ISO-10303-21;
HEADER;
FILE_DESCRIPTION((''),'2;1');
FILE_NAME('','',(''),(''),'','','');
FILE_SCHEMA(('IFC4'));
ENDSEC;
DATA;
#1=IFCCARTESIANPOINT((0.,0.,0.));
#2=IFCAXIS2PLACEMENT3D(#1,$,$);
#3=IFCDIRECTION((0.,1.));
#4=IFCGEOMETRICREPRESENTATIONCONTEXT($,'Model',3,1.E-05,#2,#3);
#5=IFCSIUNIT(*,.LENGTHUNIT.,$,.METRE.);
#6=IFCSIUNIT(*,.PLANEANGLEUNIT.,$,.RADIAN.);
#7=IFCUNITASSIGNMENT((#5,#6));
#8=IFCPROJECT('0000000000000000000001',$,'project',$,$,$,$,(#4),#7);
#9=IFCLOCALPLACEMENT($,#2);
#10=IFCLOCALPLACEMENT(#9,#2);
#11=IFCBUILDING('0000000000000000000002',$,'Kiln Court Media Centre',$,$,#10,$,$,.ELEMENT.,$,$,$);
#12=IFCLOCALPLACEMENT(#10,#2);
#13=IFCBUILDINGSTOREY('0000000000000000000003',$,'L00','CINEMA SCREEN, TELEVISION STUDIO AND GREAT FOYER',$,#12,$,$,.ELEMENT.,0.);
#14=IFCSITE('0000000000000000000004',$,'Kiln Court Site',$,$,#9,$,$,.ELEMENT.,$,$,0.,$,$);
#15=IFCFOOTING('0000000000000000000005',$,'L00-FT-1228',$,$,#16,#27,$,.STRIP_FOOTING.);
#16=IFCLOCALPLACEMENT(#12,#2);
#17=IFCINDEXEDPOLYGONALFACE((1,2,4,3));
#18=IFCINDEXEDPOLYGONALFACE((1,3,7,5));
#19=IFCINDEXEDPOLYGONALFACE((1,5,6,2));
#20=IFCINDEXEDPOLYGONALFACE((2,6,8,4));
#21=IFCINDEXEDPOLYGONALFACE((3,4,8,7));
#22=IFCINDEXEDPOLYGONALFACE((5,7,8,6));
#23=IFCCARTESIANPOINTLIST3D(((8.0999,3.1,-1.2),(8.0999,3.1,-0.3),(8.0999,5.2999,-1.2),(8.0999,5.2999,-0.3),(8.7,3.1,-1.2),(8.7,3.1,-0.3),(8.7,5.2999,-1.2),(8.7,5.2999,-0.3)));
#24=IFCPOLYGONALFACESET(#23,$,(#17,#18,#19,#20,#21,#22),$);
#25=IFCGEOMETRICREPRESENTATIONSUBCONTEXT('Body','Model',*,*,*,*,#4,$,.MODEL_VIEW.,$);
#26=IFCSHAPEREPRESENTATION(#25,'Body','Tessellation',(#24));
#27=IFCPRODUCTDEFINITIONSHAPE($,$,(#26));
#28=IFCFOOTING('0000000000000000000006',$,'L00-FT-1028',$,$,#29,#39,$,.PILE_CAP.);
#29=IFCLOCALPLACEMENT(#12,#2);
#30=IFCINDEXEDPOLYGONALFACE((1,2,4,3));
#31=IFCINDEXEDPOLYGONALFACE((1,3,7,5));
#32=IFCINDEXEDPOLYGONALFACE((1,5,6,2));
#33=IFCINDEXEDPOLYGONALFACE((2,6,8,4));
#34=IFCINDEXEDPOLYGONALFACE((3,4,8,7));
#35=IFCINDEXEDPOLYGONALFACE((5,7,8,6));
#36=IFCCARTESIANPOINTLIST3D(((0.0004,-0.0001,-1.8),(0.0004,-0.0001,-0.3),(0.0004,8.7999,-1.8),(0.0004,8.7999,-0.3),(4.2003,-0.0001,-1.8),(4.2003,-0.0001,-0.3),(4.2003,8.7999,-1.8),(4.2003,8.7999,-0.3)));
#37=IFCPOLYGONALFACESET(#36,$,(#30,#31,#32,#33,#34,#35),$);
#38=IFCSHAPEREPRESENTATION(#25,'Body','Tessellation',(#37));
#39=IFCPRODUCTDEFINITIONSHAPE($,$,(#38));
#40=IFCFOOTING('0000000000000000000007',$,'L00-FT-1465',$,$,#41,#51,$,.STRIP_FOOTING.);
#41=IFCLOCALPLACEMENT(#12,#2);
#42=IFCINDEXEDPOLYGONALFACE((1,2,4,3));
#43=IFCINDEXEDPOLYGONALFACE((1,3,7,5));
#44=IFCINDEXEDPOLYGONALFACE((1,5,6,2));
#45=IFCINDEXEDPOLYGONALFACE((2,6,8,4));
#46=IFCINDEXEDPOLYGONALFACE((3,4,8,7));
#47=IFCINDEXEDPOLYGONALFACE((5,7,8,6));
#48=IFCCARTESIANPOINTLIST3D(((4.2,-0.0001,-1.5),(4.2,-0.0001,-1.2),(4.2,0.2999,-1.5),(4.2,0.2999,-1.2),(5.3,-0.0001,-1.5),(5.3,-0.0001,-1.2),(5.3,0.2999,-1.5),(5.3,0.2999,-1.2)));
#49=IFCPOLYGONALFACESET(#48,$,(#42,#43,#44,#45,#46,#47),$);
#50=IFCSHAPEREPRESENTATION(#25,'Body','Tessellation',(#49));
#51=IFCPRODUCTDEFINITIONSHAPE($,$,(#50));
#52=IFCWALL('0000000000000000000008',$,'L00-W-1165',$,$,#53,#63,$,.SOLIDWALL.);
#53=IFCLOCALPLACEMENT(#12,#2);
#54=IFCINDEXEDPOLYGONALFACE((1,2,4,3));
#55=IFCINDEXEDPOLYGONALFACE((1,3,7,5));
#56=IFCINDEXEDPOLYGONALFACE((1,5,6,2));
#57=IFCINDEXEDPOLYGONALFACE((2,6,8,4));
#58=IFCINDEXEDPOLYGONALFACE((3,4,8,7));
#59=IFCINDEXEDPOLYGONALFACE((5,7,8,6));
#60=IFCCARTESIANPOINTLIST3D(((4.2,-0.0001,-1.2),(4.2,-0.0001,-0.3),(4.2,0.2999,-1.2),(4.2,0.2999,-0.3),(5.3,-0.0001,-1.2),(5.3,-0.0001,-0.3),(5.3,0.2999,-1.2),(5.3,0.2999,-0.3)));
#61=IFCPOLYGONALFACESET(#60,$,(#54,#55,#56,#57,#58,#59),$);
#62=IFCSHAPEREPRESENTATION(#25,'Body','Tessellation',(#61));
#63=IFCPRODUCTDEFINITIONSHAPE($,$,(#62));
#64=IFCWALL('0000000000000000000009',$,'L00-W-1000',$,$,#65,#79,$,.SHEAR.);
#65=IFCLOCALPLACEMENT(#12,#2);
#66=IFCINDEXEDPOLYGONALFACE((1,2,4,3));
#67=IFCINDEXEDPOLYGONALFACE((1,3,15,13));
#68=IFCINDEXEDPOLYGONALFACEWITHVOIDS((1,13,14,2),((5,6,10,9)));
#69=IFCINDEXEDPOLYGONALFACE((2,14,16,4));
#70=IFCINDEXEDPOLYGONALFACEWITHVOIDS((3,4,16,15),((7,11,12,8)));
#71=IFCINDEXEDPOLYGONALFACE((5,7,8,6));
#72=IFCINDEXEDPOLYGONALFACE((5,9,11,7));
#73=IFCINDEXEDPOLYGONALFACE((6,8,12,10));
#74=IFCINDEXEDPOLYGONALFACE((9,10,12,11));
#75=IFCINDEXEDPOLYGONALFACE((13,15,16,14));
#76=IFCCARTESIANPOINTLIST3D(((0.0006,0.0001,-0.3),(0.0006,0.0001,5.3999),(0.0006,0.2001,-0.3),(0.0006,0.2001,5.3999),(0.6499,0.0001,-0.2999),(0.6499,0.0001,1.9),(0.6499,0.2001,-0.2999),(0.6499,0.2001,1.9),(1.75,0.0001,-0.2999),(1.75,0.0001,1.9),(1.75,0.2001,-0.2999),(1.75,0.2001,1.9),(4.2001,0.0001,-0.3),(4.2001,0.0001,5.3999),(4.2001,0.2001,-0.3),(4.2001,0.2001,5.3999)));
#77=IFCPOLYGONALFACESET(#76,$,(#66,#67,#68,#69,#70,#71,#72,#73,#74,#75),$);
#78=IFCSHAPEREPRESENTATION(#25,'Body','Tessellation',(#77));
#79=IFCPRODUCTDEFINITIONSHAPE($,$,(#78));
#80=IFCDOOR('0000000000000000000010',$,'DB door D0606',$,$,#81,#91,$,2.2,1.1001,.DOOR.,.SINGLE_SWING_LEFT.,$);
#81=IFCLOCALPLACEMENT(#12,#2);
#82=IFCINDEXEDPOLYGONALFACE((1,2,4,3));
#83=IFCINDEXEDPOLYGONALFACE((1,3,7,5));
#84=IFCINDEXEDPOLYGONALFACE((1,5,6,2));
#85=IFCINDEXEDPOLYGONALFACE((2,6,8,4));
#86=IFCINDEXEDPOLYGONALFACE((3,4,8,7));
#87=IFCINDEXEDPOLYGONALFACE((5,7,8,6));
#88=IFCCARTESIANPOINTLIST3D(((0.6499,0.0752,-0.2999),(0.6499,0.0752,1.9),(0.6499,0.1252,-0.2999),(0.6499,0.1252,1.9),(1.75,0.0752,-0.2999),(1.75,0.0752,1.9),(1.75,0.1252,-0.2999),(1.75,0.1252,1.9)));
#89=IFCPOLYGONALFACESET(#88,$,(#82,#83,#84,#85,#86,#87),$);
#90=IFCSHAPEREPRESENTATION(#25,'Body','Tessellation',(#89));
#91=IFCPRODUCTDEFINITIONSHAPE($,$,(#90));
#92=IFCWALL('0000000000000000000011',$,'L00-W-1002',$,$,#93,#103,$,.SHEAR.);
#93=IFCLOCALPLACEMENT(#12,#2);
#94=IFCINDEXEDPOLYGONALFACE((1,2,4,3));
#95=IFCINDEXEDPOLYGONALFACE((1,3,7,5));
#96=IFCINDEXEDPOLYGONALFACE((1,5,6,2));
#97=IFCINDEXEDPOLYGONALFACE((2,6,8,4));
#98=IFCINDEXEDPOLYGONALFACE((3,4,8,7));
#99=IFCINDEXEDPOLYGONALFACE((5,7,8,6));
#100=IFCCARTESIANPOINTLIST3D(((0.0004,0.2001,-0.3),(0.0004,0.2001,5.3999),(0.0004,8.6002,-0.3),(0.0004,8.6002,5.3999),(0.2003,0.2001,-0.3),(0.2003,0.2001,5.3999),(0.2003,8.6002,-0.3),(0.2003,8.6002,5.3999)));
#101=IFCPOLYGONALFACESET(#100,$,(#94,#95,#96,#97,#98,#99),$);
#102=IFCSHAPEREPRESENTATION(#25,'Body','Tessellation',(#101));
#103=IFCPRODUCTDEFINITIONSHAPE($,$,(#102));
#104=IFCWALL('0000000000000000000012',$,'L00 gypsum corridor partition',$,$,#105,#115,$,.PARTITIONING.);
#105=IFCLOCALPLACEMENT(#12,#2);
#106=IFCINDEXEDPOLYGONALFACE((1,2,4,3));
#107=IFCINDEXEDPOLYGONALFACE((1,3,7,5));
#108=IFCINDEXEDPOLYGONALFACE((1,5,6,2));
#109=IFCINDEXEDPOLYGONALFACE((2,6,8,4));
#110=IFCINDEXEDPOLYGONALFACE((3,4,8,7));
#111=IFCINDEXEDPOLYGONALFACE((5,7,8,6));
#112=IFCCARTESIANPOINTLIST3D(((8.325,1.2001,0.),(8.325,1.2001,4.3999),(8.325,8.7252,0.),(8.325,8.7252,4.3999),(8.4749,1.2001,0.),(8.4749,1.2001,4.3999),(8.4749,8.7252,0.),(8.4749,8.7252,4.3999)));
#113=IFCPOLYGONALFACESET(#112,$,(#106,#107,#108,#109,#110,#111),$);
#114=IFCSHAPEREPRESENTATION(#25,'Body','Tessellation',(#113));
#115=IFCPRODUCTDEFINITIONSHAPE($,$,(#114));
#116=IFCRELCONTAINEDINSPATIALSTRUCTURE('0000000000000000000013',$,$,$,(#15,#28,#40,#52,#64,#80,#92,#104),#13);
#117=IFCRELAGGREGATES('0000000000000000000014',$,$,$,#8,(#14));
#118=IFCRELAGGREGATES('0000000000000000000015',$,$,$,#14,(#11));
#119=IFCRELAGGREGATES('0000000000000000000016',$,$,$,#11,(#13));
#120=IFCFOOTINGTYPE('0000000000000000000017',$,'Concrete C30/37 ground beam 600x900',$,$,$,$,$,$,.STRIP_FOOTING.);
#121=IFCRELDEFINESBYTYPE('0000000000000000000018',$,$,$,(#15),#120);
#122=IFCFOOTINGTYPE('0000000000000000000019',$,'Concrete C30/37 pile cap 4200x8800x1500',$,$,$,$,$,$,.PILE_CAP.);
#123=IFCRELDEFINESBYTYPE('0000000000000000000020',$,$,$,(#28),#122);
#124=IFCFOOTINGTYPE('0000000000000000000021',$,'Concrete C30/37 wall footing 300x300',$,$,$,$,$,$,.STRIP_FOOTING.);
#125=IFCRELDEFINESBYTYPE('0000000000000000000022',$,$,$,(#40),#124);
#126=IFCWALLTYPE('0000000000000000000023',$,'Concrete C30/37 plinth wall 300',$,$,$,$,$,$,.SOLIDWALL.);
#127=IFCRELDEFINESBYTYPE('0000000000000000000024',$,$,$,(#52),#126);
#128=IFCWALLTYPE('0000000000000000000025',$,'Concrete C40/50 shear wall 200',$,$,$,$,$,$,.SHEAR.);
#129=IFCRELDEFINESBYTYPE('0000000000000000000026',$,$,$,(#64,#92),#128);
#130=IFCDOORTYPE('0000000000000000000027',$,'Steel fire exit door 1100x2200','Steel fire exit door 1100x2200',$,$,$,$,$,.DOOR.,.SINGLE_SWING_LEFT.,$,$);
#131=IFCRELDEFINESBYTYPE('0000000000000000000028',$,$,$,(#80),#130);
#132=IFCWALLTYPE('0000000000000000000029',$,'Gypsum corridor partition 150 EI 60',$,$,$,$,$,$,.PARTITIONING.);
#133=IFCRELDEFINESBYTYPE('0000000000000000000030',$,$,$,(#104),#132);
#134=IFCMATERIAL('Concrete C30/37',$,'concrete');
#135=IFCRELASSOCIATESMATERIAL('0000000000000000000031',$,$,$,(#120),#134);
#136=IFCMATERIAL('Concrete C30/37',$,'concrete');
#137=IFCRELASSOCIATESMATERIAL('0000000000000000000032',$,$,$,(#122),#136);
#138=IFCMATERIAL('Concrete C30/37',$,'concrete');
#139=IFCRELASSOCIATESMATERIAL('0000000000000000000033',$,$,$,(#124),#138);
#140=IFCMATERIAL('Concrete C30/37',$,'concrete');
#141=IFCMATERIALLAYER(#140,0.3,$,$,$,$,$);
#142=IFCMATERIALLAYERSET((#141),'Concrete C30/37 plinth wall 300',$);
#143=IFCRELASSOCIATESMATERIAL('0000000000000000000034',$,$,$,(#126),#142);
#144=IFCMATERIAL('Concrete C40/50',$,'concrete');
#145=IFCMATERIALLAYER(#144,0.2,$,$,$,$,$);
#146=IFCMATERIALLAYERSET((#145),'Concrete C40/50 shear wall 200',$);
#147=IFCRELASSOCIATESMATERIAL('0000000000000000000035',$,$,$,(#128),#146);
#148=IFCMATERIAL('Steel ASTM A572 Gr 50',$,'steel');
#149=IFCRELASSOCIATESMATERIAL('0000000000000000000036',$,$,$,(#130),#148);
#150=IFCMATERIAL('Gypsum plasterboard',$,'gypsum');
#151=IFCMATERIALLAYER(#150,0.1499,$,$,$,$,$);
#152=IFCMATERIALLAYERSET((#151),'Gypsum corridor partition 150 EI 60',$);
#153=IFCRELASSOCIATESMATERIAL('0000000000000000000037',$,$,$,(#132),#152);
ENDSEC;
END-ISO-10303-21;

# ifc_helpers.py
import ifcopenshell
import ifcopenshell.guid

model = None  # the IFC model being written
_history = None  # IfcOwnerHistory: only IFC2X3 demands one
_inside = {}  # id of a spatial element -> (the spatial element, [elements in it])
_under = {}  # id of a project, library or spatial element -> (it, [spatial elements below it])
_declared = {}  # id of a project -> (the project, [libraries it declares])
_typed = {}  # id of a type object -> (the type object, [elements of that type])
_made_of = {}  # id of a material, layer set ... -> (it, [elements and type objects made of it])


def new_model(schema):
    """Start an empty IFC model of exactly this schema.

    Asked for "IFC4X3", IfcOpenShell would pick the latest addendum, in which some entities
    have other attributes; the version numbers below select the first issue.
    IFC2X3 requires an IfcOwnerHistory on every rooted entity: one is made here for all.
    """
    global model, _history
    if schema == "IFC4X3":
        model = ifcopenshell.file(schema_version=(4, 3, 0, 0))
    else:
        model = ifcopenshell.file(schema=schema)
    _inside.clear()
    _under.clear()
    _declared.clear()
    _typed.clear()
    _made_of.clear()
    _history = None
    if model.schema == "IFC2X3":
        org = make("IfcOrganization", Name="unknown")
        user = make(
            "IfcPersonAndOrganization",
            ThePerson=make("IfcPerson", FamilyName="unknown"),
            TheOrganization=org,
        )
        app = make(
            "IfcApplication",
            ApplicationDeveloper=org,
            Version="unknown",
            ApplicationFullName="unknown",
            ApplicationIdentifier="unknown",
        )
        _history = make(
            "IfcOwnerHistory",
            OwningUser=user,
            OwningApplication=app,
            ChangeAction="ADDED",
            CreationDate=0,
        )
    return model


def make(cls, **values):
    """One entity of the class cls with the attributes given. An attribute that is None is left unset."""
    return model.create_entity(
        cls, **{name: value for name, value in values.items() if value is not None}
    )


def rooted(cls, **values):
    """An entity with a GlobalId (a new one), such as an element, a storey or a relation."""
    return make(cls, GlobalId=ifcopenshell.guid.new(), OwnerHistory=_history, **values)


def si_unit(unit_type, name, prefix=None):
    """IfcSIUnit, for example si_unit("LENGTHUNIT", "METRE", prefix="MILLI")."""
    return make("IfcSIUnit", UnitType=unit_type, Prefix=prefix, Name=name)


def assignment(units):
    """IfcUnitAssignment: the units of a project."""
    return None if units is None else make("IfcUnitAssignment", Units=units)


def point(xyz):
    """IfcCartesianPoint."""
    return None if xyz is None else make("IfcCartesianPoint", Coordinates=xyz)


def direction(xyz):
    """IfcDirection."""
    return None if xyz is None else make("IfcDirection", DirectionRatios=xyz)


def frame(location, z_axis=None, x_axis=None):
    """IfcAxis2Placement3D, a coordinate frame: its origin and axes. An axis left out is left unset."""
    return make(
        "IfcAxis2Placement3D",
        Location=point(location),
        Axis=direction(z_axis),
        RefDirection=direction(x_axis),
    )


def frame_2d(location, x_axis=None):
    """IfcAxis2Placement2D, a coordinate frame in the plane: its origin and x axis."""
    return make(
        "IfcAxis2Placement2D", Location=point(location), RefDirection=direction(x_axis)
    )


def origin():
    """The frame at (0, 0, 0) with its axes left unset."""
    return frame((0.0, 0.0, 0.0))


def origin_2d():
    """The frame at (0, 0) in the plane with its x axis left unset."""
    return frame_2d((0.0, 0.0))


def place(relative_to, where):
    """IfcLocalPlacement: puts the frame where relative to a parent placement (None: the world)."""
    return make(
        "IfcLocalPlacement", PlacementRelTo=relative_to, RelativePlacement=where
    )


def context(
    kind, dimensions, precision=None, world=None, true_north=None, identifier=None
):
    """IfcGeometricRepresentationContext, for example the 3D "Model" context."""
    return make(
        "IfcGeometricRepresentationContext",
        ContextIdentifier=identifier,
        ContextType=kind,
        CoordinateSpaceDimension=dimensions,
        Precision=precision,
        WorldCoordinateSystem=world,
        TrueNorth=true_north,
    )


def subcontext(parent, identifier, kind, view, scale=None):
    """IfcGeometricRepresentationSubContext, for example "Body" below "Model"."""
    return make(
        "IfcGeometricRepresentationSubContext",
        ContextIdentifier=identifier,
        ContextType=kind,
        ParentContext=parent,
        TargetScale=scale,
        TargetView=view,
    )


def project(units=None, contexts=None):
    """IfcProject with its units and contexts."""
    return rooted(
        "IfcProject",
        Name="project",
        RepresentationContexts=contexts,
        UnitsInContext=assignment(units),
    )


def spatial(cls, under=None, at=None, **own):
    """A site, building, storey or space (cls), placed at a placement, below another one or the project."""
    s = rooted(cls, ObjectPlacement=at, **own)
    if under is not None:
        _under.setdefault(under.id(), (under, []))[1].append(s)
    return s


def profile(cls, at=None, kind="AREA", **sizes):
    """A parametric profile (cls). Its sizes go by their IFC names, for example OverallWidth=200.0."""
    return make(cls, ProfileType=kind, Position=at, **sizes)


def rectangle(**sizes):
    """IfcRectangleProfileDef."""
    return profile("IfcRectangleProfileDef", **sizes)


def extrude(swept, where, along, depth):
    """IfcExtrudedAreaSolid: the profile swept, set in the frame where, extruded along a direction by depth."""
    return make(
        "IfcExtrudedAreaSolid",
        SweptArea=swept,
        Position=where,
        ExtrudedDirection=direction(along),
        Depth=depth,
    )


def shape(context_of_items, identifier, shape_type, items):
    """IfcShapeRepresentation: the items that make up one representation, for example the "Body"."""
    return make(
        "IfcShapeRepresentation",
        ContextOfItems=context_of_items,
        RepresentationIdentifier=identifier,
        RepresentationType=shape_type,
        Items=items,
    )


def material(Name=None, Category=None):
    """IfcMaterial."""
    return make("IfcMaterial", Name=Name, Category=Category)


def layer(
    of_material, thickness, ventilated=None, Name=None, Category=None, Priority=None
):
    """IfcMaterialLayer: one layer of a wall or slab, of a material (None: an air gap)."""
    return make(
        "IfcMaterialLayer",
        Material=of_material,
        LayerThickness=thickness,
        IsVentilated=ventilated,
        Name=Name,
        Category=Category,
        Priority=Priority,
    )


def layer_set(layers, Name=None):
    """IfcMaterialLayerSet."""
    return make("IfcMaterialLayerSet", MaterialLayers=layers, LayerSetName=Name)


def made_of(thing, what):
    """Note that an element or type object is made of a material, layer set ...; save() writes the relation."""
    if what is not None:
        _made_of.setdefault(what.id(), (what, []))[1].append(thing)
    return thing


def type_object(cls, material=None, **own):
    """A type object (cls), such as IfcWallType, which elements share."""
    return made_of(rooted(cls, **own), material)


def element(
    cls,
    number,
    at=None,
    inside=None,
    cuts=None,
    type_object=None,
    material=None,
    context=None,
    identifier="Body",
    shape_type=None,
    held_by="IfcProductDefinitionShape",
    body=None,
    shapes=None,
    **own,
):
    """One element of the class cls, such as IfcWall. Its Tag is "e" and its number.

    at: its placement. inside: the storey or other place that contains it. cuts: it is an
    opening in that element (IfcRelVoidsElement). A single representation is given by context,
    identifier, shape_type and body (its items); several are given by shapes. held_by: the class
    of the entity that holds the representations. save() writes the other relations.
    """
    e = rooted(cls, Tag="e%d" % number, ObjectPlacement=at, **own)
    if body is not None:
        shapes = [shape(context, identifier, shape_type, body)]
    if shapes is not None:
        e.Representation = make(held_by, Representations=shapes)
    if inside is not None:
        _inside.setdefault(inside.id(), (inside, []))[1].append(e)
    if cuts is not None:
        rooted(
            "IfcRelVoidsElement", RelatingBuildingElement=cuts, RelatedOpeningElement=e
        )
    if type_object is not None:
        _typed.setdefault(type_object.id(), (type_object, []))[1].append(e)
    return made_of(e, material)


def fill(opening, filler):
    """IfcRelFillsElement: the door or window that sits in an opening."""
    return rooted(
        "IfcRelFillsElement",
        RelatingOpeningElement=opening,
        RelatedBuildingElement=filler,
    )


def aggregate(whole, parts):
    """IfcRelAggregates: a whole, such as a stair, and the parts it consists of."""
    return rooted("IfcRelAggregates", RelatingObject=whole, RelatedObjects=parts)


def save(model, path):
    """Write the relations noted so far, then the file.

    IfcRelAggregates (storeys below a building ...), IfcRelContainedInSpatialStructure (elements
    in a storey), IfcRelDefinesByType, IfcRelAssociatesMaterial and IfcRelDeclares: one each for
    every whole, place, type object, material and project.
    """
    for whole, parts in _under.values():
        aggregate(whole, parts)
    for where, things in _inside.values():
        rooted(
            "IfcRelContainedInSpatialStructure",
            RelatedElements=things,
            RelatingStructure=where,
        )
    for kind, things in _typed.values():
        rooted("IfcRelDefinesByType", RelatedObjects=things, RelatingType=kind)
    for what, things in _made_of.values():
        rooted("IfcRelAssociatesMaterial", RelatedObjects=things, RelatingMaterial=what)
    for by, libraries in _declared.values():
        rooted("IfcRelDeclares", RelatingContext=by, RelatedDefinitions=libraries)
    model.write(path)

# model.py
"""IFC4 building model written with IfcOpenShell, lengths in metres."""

from ifc_helpers import new_model, si_unit, direction, frame, frame_2d, origin, origin_2d, place, context, subcontext, project, spatial, rectangle, extrude, material, layer, layer_set, type_object, element, fill, save


model = new_model("IFC4")

# Units and contexts
model_context = context("Model", 3, precision=1e-05, world=origin(), true_north=direction((0.0, 1.0)))
body_context = subcontext(model_context, "Body", "Model", "MODEL_VIEW")
ifc_project = project(units=[si_unit("LENGTHUNIT", "METRE"), si_unit("PLANEANGLEUNIT", "RADIAN")], contexts=[model_context])

# Site, building, storey
site_placement = place(None, origin())
site = spatial("IfcSite", under=ifc_project, at=site_placement, Name="Kiln Court Site", CompositionType="ELEMENT", RefElevation=0.0)
building_placement = place(site_placement, origin())
building = spatial("IfcBuilding", under=site, at=building_placement, Name="Kiln Court Media Centre", CompositionType="ELEMENT")
storey_placement = place(building_placement, origin())
storey = spatial("IfcBuildingStorey", under=building, at=storey_placement, Name="L00", Description="CINEMA SCREEN, TELEVISION STUDIO AND GREAT FOYER", CompositionType="ELEMENT", Elevation=0.0)

# Footings
ifc_material_1 = material(Name="Concrete C30/37", Category="concrete")
footing_type_1 = type_object("IfcFootingType", Name="Concrete C30/37 ground beam 600x900", PredefinedType="STRIP_FOOTING", material=ifc_material_1)
footing_1_placement = place(storey_placement, frame((8.3999, 4.2, -1.2), z_axis=(0.0, 0.0, 1.0), x_axis=(1.0, 0.0, 0.0)))
element("IfcFooting", 1, at=footing_1_placement, inside=storey, type_object=footing_type_1, Name="L00-FT-1228", PredefinedType="STRIP_FOOTING", context=body_context, shape_type="SweptSolid", body=[
    extrude(rectangle(XDim=0.6001, YDim=2.2, at=origin_2d()), origin(), (0.0, 0.0, 1.0), 0.8999),
])
ifc_material_2 = material(Name="Concrete C30/37", Category="concrete")
footing_type_2 = type_object("IfcFootingType", Name="Concrete C30/37 pile cap 4200x8800x1500", PredefinedType="PILE_CAP", material=ifc_material_2)
footing_2_placement = place(storey_placement, frame((2.1003, 4.3999, -1.8), z_axis=(0.0, 0.0, 1.0), x_axis=(1.0, 0.0, 0.0)))
element("IfcFooting", 2, at=footing_2_placement, inside=storey, type_object=footing_type_2, Name="L00-FT-1028", PredefinedType="PILE_CAP", context=body_context, shape_type="SweptSolid", body=[
    extrude(rectangle(XDim=4.2, YDim=8.8, at=origin_2d()), origin(), (0.0, 0.0, 1.0), 1.5),
])
ifc_material_3 = material(Name="Concrete C30/37", Category="concrete")
footing_type_3 = type_object("IfcFootingType", Name="Concrete C30/37 wall footing 300x300", PredefinedType="STRIP_FOOTING", material=ifc_material_3)
footing_3_placement = place(storey_placement, frame((4.75, 0.1499, -1.5), z_axis=(0.0, 0.0, 1.0), x_axis=(1.0, 0.0, 0.0)))
element("IfcFooting", 3, at=footing_3_placement, inside=storey, type_object=footing_type_3, Name="L00-FT-1465", PredefinedType="STRIP_FOOTING", context=body_context, shape_type="SweptSolid", body=[
    extrude(rectangle(XDim=1.1001, YDim=0.3, at=origin_2d()), origin(), (0.0, 0.0, 1.0), 0.3),
])

# Wall
ifc_material_4 = material(Name="Concrete C30/37", Category="concrete")
ifc_layer_1 = layer(ifc_material_4, 0.3)
ifc_layer_set_1 = layer_set([ifc_layer_1], Name="Concrete C30/37 plinth wall 300")
wall_type_1 = type_object("IfcWallType", Name="Concrete C30/37 plinth wall 300", PredefinedType="SOLIDWALL", material=ifc_layer_set_1)
wall_1_placement = place(storey_placement, frame((5.3, 0.1499, -1.2), z_axis=(0.0, 0.0, 1.0), x_axis=(-1.0, 0.0, 0.0)))
element("IfcWall", 4, at=wall_1_placement, inside=storey, type_object=wall_type_1, Name="L00-W-1165", PredefinedType="SOLIDWALL", context=body_context, shape_type="SweptSolid", body=[
    extrude(rectangle(XDim=1.1001, YDim=0.3, at=frame_2d((0.55, 0.0))), origin(), (0.0, 0.0, 1.0), 0.8999),
])

# Wall, opening, door
ifc_material_5 = material(Name="Concrete C40/50", Category="concrete")
ifc_layer_2 = layer(ifc_material_5, 0.2)
ifc_layer_set_2 = layer_set([ifc_layer_2], Name="Concrete C40/50 shear wall 200")
wall_type_2 = type_object("IfcWallType", Name="Concrete C40/50 shear wall 200", PredefinedType="SHEAR", material=ifc_layer_set_2)
wall_2_placement = place(storey_placement, frame((4.2, 0.1001, -0.3), z_axis=(0.0, 0.0, 1.0), x_axis=(-1.0, 0.0, 0.0)))
wall_2 = element("IfcWall", 5, at=wall_2_placement, inside=storey, type_object=wall_type_2, Name="L00-W-1000", PredefinedType="SHEAR", context=body_context, shape_type="SweptSolid", body=[
    extrude(rectangle(XDim=4.1995, YDim=0.2, at=frame_2d((2.0996, 0.0))), origin(), (0.0, 0.0, 1.0), 5.7),
])
opening_placement = place(wall_2_placement, frame((2.45, 0.0, 0.0)))
opening = element("IfcOpeningElement", 6, at=opening_placement, cuts=wall_2, PredefinedType="OPENING", context=body_context, shape_type="SweptSolid", body=[
    extrude(rectangle(XDim=1.1001, YDim=2.2, at=frame_2d((0.55, 1.1001))), frame((0.0, 0.1099, 0.0), z_axis=(0.0, -1.0, 0.0), x_axis=(1.0, 0.0, 0.0)), (0.0, 0.0, 1.0), 0.22),
])
ifc_material_6 = material(Name="Steel ASTM A572 Gr 50", Category="steel")
door_type = type_object("IfcDoorType", Name="Steel fire exit door 1100x2200", Description="Steel fire exit door 1100x2200", OperationType="SINGLE_SWING_LEFT", PredefinedType="DOOR", material=ifc_material_6)
door_placement = place(opening_placement, origin())
door = element("IfcDoor", 7, at=door_placement, inside=storey, type_object=door_type, Name="DB door D0606", OperationType="SINGLE_SWING_LEFT", OverallHeight=2.2, OverallWidth=1.1001, PredefinedType="DOOR", context=body_context, shape_type="SweptSolid", body=[
    extrude(rectangle(XDim=1.1001, YDim=2.2, at=frame_2d((0.55, 1.1001))), frame((0.0, 0.0249, 0.0), z_axis=(0.0, -1.0, 0.0), x_axis=(1.0, 0.0, 0.0)), (0.0, 0.0, 1.0), 0.05),
])
fill(opening, door)

# Walls
wall_3_placement = place(storey_placement, frame((0.1003, 0.2, -0.3), z_axis=(0.0, 0.0, 1.0), x_axis=(0.0, 1.0, 0.0)))
element("IfcWall", 8, at=wall_3_placement, inside=storey, type_object=wall_type_2, Name="L00-W-1002", PredefinedType="SHEAR", context=body_context, shape_type="SweptSolid", body=[
    extrude(rectangle(XDim=8.4001, YDim=0.2, at=frame_2d((4.2002, 0.0))), origin(), (0.0, 0.0, 1.0), 5.7),
])
ifc_material_7 = material(Name="Gypsum plasterboard", Category="gypsum")
ifc_layer_3 = layer(ifc_material_7, 0.1499)
ifc_layer_set_3 = layer_set([ifc_layer_3], Name="Gypsum corridor partition 150 EI 60")
wall_type_3 = type_object("IfcWallType", Name="Gypsum corridor partition 150 EI 60", PredefinedType="PARTITIONING", material=ifc_layer_set_3)
wall_4_placement = place(storey_placement, frame((8.3999, 1.2, 0.0), z_axis=(0.0, 0.0, 1.0), x_axis=(0.0, 1.0, 0.0)))
element("IfcWall", 9, at=wall_4_placement, inside=storey, type_object=wall_type_3, Name="L00 gypsum corridor partition", PredefinedType="PARTITIONING", context=body_context, shape_type="SweptSolid", body=[
    extrude(rectangle(XDim=7.5251, YDim=0.1499, at=frame_2d((3.7627, 0.0))), origin(), (0.0, 0.0, 1.0), 4.3999),
])

save(model, "model.ifc")
